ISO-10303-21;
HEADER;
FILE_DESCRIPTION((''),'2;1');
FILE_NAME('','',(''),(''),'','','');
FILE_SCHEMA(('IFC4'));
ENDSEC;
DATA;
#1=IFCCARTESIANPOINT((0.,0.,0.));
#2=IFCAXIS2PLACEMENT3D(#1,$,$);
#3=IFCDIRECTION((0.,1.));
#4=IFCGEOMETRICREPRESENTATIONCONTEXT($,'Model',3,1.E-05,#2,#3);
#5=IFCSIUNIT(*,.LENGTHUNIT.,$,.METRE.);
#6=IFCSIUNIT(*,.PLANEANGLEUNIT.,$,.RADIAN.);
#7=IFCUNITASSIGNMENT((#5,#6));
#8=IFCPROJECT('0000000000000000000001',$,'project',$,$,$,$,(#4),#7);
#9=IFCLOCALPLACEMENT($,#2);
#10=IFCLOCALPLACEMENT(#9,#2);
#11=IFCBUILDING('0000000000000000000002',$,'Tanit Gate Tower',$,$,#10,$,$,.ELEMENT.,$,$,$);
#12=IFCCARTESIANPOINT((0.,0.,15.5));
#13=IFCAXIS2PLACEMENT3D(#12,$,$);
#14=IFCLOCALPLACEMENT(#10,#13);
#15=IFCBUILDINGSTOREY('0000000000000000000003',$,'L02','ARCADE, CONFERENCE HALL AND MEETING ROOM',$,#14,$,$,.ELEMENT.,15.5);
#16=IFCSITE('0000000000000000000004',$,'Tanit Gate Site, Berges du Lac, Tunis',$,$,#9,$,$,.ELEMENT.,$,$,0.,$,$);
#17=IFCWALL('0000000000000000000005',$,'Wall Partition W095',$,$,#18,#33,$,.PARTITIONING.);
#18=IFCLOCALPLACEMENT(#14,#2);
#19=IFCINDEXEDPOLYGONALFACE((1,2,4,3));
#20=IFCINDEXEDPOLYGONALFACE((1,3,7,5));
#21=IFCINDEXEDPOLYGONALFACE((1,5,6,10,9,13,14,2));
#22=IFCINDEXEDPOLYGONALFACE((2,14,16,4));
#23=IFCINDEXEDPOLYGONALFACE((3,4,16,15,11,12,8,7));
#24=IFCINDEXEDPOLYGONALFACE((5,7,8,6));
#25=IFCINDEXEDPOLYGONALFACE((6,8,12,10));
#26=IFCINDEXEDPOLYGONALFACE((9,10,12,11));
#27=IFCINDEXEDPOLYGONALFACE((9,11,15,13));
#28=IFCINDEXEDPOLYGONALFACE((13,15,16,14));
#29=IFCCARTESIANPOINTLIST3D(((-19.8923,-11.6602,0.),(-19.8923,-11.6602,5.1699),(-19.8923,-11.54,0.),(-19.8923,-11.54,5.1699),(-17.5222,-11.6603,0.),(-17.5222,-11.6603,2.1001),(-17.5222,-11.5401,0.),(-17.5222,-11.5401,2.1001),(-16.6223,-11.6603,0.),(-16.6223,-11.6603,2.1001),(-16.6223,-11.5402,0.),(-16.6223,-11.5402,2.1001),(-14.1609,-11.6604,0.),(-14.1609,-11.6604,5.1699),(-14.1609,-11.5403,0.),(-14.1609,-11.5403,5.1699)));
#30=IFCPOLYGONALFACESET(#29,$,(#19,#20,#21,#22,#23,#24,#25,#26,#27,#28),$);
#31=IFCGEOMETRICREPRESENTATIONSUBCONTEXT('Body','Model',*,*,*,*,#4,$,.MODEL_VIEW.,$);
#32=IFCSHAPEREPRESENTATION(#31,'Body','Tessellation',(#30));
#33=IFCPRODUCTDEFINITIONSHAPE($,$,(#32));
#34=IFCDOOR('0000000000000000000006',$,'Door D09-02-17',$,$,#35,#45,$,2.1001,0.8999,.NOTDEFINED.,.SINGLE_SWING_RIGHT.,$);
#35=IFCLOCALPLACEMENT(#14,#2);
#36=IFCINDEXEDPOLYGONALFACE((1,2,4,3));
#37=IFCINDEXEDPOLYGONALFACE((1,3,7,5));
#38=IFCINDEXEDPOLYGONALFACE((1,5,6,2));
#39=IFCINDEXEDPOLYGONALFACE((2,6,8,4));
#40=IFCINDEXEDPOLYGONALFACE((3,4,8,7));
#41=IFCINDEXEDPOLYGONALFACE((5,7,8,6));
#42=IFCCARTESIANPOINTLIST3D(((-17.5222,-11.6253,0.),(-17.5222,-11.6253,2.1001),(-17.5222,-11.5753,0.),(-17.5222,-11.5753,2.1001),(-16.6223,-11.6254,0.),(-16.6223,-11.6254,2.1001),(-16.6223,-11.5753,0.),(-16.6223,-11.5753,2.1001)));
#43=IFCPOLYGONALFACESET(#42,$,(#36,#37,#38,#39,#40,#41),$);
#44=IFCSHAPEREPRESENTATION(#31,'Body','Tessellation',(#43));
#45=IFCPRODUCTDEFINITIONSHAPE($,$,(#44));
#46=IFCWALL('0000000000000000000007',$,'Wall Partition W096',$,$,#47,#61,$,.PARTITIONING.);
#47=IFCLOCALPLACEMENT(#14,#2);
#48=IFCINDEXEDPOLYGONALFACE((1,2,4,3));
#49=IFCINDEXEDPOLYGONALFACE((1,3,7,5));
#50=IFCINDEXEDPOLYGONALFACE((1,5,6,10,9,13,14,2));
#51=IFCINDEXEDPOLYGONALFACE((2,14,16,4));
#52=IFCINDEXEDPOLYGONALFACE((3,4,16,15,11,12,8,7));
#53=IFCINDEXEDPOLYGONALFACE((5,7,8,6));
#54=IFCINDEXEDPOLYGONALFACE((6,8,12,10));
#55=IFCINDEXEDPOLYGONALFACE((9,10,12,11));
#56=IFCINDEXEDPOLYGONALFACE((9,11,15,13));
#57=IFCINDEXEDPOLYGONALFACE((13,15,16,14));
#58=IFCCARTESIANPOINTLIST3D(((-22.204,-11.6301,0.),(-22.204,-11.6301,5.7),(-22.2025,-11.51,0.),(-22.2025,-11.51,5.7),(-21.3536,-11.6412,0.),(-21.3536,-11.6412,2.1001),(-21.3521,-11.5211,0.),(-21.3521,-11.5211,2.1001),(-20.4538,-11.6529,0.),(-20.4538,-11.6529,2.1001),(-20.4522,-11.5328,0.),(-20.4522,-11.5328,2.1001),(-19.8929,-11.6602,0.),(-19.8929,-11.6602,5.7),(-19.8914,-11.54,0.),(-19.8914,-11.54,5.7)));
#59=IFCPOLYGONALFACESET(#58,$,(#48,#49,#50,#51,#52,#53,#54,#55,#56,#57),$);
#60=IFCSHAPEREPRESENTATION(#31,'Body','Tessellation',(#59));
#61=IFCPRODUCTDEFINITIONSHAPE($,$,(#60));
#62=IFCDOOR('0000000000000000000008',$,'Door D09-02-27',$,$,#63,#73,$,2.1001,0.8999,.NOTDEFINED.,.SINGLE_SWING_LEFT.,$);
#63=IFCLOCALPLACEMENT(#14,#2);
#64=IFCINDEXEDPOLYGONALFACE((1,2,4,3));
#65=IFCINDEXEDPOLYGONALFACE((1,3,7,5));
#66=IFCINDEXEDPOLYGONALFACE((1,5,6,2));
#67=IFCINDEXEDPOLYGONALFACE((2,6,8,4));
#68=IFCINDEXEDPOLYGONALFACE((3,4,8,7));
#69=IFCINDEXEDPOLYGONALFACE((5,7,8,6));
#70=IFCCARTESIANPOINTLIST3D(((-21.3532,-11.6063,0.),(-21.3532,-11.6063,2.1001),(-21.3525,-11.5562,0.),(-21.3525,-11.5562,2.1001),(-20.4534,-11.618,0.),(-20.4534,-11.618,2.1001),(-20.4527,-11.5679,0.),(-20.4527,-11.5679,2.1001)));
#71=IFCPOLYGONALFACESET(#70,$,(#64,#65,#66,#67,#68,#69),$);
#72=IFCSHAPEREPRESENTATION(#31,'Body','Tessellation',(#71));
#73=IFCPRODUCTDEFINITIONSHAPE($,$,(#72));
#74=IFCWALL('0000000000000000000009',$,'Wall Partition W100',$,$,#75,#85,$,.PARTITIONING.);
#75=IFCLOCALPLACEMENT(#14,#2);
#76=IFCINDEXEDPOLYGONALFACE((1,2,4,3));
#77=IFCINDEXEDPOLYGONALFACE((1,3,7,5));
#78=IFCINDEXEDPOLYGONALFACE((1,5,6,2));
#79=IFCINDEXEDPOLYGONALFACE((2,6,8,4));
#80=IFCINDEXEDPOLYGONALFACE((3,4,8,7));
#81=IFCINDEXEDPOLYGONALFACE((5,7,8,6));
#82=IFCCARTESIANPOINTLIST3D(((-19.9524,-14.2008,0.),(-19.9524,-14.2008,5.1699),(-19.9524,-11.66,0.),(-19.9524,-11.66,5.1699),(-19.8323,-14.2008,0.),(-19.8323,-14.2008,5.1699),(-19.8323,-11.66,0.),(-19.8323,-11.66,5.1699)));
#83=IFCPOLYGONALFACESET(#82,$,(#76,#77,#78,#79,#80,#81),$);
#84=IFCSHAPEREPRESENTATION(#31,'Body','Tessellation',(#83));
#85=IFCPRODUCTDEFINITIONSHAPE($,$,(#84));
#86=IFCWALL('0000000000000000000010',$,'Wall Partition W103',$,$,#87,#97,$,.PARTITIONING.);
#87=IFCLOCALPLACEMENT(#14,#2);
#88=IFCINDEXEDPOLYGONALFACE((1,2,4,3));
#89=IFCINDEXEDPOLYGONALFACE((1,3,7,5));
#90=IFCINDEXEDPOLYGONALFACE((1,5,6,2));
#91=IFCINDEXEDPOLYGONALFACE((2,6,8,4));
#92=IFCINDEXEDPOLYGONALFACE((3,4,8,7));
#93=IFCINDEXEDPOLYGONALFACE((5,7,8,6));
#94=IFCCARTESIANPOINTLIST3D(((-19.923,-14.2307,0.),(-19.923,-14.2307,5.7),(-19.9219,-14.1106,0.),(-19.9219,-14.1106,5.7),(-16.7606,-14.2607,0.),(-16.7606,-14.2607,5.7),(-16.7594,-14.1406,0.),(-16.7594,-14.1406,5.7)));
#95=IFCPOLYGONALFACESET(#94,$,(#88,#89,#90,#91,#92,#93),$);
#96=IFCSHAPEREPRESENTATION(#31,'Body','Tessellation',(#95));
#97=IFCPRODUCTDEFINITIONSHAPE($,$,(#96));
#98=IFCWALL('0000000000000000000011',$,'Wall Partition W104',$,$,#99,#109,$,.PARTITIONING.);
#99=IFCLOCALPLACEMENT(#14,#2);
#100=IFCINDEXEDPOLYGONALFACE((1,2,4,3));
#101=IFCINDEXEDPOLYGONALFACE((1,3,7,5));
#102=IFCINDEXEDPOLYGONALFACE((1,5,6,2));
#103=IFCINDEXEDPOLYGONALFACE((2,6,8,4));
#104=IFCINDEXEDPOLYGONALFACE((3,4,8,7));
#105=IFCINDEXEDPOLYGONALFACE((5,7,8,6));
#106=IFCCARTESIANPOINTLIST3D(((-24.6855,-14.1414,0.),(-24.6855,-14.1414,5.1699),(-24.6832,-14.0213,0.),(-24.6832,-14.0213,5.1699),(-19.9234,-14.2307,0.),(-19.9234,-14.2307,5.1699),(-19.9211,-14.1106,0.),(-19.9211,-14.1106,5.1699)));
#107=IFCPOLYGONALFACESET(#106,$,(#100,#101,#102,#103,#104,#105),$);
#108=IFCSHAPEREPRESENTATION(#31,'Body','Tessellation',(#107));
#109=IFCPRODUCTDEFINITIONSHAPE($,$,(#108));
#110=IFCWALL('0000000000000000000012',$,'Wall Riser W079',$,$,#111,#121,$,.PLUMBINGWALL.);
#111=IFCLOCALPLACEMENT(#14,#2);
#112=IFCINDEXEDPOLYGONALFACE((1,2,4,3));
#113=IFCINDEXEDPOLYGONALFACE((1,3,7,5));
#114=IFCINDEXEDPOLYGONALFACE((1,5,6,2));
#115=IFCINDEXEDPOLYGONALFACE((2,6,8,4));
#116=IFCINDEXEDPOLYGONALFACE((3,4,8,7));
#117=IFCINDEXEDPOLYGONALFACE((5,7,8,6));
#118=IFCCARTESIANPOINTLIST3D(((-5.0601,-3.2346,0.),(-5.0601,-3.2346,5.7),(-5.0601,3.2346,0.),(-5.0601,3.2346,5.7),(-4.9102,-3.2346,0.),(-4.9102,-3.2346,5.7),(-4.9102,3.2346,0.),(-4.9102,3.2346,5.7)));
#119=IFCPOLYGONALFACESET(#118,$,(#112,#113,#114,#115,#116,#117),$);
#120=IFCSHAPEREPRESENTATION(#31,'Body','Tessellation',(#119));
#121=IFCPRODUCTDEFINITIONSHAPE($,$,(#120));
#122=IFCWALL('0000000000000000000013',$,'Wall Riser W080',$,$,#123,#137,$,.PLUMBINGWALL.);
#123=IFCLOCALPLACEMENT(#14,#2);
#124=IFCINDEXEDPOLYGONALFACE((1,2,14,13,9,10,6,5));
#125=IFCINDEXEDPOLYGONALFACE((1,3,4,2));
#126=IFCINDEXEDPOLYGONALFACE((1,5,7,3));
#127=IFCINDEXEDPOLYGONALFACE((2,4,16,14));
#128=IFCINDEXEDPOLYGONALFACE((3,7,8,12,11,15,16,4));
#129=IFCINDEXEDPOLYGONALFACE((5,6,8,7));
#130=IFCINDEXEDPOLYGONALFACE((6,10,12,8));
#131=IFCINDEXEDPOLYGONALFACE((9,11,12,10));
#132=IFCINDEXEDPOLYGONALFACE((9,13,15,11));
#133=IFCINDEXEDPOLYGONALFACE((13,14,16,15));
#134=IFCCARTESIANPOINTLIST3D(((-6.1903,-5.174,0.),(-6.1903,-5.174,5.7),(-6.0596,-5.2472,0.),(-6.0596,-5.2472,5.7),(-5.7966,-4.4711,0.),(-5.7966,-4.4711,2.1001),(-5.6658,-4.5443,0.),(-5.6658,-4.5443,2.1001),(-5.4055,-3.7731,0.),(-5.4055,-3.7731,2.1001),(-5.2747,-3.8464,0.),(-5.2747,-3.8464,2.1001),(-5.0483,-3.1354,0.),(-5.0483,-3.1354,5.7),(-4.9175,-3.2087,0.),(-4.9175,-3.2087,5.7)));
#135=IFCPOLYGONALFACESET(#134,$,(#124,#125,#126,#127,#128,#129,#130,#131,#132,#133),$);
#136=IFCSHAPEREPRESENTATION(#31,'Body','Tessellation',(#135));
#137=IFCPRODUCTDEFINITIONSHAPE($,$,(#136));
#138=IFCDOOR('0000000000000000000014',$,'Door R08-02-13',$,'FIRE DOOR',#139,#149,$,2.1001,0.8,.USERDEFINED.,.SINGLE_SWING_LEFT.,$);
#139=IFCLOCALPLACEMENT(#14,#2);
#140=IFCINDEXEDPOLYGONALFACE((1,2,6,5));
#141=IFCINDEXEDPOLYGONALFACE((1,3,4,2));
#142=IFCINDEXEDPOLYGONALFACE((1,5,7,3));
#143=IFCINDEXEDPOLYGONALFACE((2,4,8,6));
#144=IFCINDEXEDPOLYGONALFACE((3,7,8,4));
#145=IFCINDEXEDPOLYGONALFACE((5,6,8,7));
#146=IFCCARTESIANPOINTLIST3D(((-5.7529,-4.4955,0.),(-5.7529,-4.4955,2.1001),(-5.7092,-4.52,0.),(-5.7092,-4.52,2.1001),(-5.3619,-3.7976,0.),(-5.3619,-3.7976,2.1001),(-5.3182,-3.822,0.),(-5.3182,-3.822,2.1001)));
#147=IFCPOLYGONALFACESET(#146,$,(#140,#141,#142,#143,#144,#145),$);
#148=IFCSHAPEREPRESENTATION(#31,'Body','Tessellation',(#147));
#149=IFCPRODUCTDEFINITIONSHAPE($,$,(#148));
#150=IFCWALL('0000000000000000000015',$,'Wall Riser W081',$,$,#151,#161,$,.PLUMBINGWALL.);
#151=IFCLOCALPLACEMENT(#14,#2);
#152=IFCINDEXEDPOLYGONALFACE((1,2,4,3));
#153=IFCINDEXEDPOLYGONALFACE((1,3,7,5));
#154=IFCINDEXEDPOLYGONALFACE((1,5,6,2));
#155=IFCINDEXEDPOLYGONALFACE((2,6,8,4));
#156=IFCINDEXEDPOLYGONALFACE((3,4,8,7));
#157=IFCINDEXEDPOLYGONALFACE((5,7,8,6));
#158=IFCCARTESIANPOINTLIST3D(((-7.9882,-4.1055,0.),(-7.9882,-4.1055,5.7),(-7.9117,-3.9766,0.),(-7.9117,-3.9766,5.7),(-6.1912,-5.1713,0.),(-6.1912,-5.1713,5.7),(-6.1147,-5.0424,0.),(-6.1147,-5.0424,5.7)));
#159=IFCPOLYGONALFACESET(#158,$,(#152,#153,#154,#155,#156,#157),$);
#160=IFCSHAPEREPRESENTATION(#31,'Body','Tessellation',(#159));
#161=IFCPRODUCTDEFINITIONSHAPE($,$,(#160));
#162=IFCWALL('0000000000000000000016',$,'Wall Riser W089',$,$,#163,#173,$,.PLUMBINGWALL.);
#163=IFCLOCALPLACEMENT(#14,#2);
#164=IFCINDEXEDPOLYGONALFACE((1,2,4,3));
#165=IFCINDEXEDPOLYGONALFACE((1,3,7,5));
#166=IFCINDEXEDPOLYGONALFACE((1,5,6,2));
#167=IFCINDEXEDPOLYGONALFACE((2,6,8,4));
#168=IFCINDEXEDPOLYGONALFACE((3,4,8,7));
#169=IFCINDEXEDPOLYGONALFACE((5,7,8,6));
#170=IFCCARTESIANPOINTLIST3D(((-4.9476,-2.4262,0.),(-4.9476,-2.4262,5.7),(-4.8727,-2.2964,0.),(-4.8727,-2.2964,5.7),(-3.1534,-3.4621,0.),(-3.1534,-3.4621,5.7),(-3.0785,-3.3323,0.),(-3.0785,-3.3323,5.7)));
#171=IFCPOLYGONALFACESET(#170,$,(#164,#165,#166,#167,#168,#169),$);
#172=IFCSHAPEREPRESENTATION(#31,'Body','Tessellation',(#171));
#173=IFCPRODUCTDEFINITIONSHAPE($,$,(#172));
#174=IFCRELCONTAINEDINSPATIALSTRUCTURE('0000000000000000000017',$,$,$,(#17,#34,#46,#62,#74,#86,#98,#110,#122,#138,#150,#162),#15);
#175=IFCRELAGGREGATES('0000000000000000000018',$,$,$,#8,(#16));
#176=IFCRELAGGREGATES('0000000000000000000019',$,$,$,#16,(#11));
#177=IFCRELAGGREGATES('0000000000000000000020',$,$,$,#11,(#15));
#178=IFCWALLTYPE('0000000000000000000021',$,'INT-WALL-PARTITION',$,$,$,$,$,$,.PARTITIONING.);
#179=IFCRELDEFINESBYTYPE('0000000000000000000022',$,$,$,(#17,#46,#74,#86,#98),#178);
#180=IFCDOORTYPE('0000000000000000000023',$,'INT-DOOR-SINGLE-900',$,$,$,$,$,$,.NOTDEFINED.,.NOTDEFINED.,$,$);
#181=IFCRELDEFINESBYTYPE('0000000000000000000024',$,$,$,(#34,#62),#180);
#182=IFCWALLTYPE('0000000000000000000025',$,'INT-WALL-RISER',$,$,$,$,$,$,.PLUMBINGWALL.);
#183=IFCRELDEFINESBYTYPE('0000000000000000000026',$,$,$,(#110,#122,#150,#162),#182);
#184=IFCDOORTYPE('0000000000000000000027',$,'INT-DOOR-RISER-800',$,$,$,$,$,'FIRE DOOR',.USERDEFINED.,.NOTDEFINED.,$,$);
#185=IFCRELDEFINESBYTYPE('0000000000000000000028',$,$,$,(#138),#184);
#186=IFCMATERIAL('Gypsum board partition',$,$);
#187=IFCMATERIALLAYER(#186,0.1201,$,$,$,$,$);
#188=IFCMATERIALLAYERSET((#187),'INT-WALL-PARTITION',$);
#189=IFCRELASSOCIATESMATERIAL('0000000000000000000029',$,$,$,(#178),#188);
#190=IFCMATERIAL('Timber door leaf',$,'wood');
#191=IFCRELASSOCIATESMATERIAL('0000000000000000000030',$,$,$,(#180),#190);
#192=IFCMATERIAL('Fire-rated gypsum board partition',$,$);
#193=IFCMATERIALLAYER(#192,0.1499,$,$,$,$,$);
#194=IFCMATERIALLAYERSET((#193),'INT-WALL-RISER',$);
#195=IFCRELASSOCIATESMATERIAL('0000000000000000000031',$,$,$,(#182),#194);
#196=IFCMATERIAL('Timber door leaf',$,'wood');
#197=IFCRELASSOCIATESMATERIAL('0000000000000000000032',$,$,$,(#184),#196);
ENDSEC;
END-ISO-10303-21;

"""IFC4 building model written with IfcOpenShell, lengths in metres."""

from ifc_helpers import new_model, si_unit, direction, frame, frame_2d, origin, place, context, subcontext, project, spatial, rectangle, extrude, material, layer, layer_set, type_object, element, fill, save


model = new_model("IFC4")

# Units and contexts
model_context = context("Model", 3, precision=1e-05, world=origin(), true_north=direction((0.0, 1.0)))
body_context = subcontext(model_context, "Body", "Model", "MODEL_VIEW")
ifc_project = project(units=[si_unit("LENGTHUNIT", "METRE"), si_unit("PLANEANGLEUNIT", "RADIAN")], contexts=[model_context])

# Site, building, storey
site_placement = place(None, origin())
site = spatial("IfcSite", under=ifc_project, at=site_placement, Name="Tanit Gate Site, Berges du Lac, Tunis", CompositionType="ELEMENT", RefElevation=0.0)
building_placement = place(site_placement, origin())
building = spatial("IfcBuilding", under=site, at=building_placement, Name="Tanit Gate Tower", CompositionType="ELEMENT")
storey_placement = place(building_placement, frame((0.0, 0.0, 15.5)))
storey = spatial("IfcBuildingStorey", under=building, at=storey_placement, Name="L02", Description="ARCADE, CONFERENCE HALL AND MEETING ROOM", CompositionType="ELEMENT", Elevation=15.5)

# Shared definitions
ifc_material_1 = material(Name="Gypsum board partition")
ifc_layer_1 = layer(ifc_material_1, 0.1201)
ifc_layer_set_1 = layer_set([ifc_layer_1], Name="INT-WALL-PARTITION")
wall_type_1 = type_object("IfcWallType", Name="INT-WALL-PARTITION", PredefinedType="PARTITIONING", material=ifc_layer_set_1)

# Walls, openings, doors
wall_1_placement = place(storey_placement, frame((-19.8923, -11.6001, 0.0), z_axis=(0.0, 0.0, 1.0), x_axis=(1.0, -0.000043, 0.0)))
wall_1 = element("IfcWall", 1, at=wall_1_placement, inside=storey, type_object=wall_type_1, Name="Wall Partition W095", PredefinedType="PARTITIONING", context=body_context, shape_type="SweptSolid", body=[
    extrude(rectangle(XDim=5.7314, YDim=0.1201, at=frame_2d((2.8657, 0.0))), origin(), (0.0, 0.0, 1.0), 5.1699),
])
opening_1_placement = place(wall_1_placement, frame((2.3701, 0.0, 0.0)))
opening_1 = element("IfcOpeningElement", 2, at=opening_1_placement, cuts=wall_1, PredefinedType="OPENING", context=body_context, shape_type="SweptSolid", body=[
    extrude(rectangle(XDim=0.8999, YDim=2.1001, at=frame_2d((0.45, 1.05))), frame((0.0, 0.0701, 0.0), z_axis=(0.0, -1.0, 0.0), x_axis=(1.0, 0.0, 0.0)), (0.0, 0.0, 1.0), 0.1401),
])
ifc_material_2 = material(Name="Timber door leaf", Category="wood")
door_type_1 = type_object("IfcDoorType", Name="INT-DOOR-SINGLE-900", OperationType="NOTDEFINED", PredefinedType="NOTDEFINED", material=ifc_material_2)
door_1_placement = place(opening_1_placement, origin())
door_1 = element("IfcDoor", 3, at=door_1_placement, inside=storey, type_object=door_type_1, Name="Door D09-02-17", OperationType="SINGLE_SWING_RIGHT", OverallHeight=2.1001, OverallWidth=0.8999, PredefinedType="NOTDEFINED", context=body_context, shape_type="SweptSolid", body=[
    extrude(rectangle(XDim=0.8999, YDim=2.1001, at=frame_2d((0.45, 1.05))), frame((0.0, 0.0249, 0.0), z_axis=(0.0, -1.0, 0.0), x_axis=(1.0, 0.0, 0.0)), (0.0, 0.0, 1.0), 0.05),
])
fill(opening_1, door_1)
wall_2_placement = place(storey_placement, frame((-22.2034, -11.5701, 0.0), z_axis=(0.0, 0.0, 1.0), x_axis=(0.999916, -0.012993, 0.0)))
wall_2 = element("IfcWall", 4, at=wall_2_placement, inside=storey, type_object=wall_type_1, Name="Wall Partition W096", PredefinedType="PARTITIONING", context=body_context, shape_type="SweptSolid", body=[
    extrude(rectangle(XDim=2.3113, YDim=0.1201, at=frame_2d((1.1558, 0.0))), origin(), (0.0, 0.0, 1.0), 5.7),
])
opening_2_placement = place(wall_2_placement, frame((0.8506, 0.0, 0.0)))
opening_2 = element("IfcOpeningElement", 5, at=opening_2_placement, cuts=wall_2, PredefinedType="OPENING", context=body_context, shape_type="SweptSolid", body=[
    extrude(rectangle(XDim=0.8999, YDim=2.1001, at=frame_2d((0.45, 1.05))), frame((0.0, 0.0701, 0.0), z_axis=(0.0, -1.0, 0.0), x_axis=(1.0, 0.0, 0.0)), (0.0, 0.0, 1.0), 0.1401),
])
door_2_placement = place(opening_2_placement, origin())
door_2 = element("IfcDoor", 6, at=door_2_placement, inside=storey, type_object=door_type_1, Name="Door D09-02-27", OperationType="SINGLE_SWING_LEFT", OverallHeight=2.1001, OverallWidth=0.8999, PredefinedType="NOTDEFINED", context=body_context, shape_type="SweptSolid", body=[
    extrude(rectangle(XDim=0.8999, YDim=2.1001, at=frame_2d((0.45, 1.05))), frame((0.0, 0.0249, 0.0), z_axis=(0.0, -1.0, 0.0), x_axis=(1.0, 0.0, 0.0)), (0.0, 0.0, 1.0), 0.05),
])
fill(opening_2, door_2)

# Walls
wall_3_placement = place(storey_placement, frame((-19.8923, -11.6599, 0.0), z_axis=(0.0, 0.0, 1.0), x_axis=(0.0, -1.0, 0.0)))
element("IfcWall", 7, at=wall_3_placement, inside=storey, type_object=wall_type_1, Name="Wall Partition W100", PredefinedType="PARTITIONING", context=body_context, shape_type="SweptSolid", body=[
    extrude(rectangle(XDim=2.5408, YDim=0.1201, at=frame_2d((1.2705, 0.0))), origin(), (0.0, 0.0, 1.0), 5.1699),
])
wall_4_placement = place(storey_placement, frame((-16.76, -14.2007, 0.0), z_axis=(0.0, 0.0, 1.0), x_axis=(-0.999955, 0.009495, 0.0)))
element("IfcWall", 8, at=wall_4_placement, inside=storey, type_object=wall_type_1, Name="Wall Partition W103", PredefinedType="PARTITIONING", context=body_context, shape_type="SweptSolid", body=[
    extrude(rectangle(XDim=3.1626, YDim=0.1201, at=frame_2d((1.5813, 0.0))), origin(), (0.0, 0.0, 1.0), 5.7),
])
wall_5_placement = place(storey_placement, frame((-19.9224, -14.1707, 0.0), z_axis=(0.0, 0.0, 1.0), x_axis=(-0.999824, 0.01876, 0.0)))
element("IfcWall", 9, at=wall_5_placement, inside=storey, type_object=wall_type_1, Name="Wall Partition W104", PredefinedType="PARTITIONING", context=body_context, shape_type="SweptSolid", body=[
    extrude(rectangle(XDim=4.7629, YDim=0.1201, at=frame_2d((2.3813, 0.0))), origin(), (0.0, 0.0, 1.0), 5.1699),
])
ifc_material_3 = material(Name="Fire-rated gypsum board partition")
ifc_layer_2 = layer(ifc_material_3, 0.1499)
ifc_layer_set_2 = layer_set([ifc_layer_2], Name="INT-WALL-RISER")
wall_type_2 = type_object("IfcWallType", Name="INT-WALL-RISER", PredefinedType="PLUMBINGWALL", material=ifc_layer_set_2)
wall_6_placement = place(storey_placement, frame((-4.9851, -3.2346, 0.0), z_axis=(0.0, 0.0, 1.0), x_axis=(0.0, 1.0, 0.0)))
element("IfcWall", 10, at=wall_6_placement, inside=storey, type_object=wall_type_2, Name="Wall Riser W079", PredefinedType="PLUMBINGWALL", context=body_context, shape_type="SweptSolid", body=[
    extrude(rectangle(XDim=6.4692, YDim=0.1499, at=frame_2d((3.2346, 0.0))), origin(), (0.0, 0.0, 1.0), 5.7),
])

# Wall, opening, door
wall_7_placement = place(storey_placement, frame((-6.125, -5.2107, 0.0), z_axis=(0.0, 0.0, 1.0), x_axis=(0.488762, 0.872417, 0.0)))
wall_7 = element("IfcWall", 11, at=wall_7_placement, inside=storey, type_object=wall_type_2, Name="Wall Riser W080", PredefinedType="PLUMBINGWALL", context=body_context, shape_type="SweptSolid", body=[
    extrude(rectangle(XDim=2.3367, YDim=0.1499, at=frame_2d((1.1685, 0.0))), origin(), (0.0, 0.0, 1.0), 5.7),
])
opening_3_placement = place(wall_7_placement, frame((0.8059, 0.0, 0.0)))
opening_3 = element("IfcOpeningElement", 12, at=opening_3_placement, cuts=wall_7, PredefinedType="OPENING", context=body_context, shape_type="SweptSolid", body=[
    extrude(rectangle(XDim=0.8, YDim=2.1001, at=frame_2d((0.3999, 1.05))), frame((0.0, 0.085, 0.0), z_axis=(0.0, -1.0, 0.0), x_axis=(1.0, 0.0, 0.0)), (0.0, 0.0, 1.0), 0.1699),
])
ifc_material_4 = material(Name="Timber door leaf", Category="wood")
door_type_2 = type_object("IfcDoorType", Name="INT-DOOR-RISER-800", ElementType="FIRE DOOR", OperationType="NOTDEFINED", PredefinedType="USERDEFINED", material=ifc_material_4)
door_3_placement = place(opening_3_placement, origin())
door_3 = element("IfcDoor", 13, at=door_3_placement, inside=storey, type_object=door_type_2, Name="Door R08-02-13", ObjectType="FIRE DOOR", OperationType="SINGLE_SWING_LEFT", OverallHeight=2.1001, OverallWidth=0.8, PredefinedType="USERDEFINED", context=body_context, shape_type="SweptSolid", body=[
    extrude(rectangle(XDim=0.8, YDim=2.1001, at=frame_2d((0.3999, 1.05))), frame((0.0, 0.0249, 0.0), z_axis=(0.0, -1.0, 0.0), x_axis=(1.0, 0.0, 0.0)), (0.0, 0.0, 1.0), 0.05),
])
fill(opening_3, door_3)

# Walls
wall_8_placement = place(storey_placement, frame((-7.95, -4.041, 0.0), z_axis=(0.0, 0.0, 1.0), x_axis=(0.86009, -0.510142, 0.0)))
element("IfcWall", 14, at=wall_8_placement, inside=storey, type_object=wall_type_2, Name="Wall Riser W081", PredefinedType="PLUMBINGWALL", context=body_context, shape_type="SweptSolid", body=[
    extrude(rectangle(XDim=2.0894, YDim=0.1499, at=frame_2d((1.0447, 0.0))), origin(), (0.0, 0.0, 1.0), 5.7),
])
wall_9_placement = place(storey_placement, frame((-4.9102, -2.3613, 0.0), z_axis=(0.0, 0.0, 1.0), x_axis=(0.866023, -0.500005, 0.0)))
element("IfcWall", 15, at=wall_9_placement, inside=storey, type_object=wall_type_2, Name="Wall Riser W089", PredefinedType="PLUMBINGWALL", context=body_context, shape_type="SweptSolid", body=[
    extrude(rectangle(XDim=2.0718, YDim=0.1499, at=frame_2d((1.0359, 0.0))), origin(), (0.0, 0.0, 1.0), 5.7),
])

save(model, "model.ifc")
